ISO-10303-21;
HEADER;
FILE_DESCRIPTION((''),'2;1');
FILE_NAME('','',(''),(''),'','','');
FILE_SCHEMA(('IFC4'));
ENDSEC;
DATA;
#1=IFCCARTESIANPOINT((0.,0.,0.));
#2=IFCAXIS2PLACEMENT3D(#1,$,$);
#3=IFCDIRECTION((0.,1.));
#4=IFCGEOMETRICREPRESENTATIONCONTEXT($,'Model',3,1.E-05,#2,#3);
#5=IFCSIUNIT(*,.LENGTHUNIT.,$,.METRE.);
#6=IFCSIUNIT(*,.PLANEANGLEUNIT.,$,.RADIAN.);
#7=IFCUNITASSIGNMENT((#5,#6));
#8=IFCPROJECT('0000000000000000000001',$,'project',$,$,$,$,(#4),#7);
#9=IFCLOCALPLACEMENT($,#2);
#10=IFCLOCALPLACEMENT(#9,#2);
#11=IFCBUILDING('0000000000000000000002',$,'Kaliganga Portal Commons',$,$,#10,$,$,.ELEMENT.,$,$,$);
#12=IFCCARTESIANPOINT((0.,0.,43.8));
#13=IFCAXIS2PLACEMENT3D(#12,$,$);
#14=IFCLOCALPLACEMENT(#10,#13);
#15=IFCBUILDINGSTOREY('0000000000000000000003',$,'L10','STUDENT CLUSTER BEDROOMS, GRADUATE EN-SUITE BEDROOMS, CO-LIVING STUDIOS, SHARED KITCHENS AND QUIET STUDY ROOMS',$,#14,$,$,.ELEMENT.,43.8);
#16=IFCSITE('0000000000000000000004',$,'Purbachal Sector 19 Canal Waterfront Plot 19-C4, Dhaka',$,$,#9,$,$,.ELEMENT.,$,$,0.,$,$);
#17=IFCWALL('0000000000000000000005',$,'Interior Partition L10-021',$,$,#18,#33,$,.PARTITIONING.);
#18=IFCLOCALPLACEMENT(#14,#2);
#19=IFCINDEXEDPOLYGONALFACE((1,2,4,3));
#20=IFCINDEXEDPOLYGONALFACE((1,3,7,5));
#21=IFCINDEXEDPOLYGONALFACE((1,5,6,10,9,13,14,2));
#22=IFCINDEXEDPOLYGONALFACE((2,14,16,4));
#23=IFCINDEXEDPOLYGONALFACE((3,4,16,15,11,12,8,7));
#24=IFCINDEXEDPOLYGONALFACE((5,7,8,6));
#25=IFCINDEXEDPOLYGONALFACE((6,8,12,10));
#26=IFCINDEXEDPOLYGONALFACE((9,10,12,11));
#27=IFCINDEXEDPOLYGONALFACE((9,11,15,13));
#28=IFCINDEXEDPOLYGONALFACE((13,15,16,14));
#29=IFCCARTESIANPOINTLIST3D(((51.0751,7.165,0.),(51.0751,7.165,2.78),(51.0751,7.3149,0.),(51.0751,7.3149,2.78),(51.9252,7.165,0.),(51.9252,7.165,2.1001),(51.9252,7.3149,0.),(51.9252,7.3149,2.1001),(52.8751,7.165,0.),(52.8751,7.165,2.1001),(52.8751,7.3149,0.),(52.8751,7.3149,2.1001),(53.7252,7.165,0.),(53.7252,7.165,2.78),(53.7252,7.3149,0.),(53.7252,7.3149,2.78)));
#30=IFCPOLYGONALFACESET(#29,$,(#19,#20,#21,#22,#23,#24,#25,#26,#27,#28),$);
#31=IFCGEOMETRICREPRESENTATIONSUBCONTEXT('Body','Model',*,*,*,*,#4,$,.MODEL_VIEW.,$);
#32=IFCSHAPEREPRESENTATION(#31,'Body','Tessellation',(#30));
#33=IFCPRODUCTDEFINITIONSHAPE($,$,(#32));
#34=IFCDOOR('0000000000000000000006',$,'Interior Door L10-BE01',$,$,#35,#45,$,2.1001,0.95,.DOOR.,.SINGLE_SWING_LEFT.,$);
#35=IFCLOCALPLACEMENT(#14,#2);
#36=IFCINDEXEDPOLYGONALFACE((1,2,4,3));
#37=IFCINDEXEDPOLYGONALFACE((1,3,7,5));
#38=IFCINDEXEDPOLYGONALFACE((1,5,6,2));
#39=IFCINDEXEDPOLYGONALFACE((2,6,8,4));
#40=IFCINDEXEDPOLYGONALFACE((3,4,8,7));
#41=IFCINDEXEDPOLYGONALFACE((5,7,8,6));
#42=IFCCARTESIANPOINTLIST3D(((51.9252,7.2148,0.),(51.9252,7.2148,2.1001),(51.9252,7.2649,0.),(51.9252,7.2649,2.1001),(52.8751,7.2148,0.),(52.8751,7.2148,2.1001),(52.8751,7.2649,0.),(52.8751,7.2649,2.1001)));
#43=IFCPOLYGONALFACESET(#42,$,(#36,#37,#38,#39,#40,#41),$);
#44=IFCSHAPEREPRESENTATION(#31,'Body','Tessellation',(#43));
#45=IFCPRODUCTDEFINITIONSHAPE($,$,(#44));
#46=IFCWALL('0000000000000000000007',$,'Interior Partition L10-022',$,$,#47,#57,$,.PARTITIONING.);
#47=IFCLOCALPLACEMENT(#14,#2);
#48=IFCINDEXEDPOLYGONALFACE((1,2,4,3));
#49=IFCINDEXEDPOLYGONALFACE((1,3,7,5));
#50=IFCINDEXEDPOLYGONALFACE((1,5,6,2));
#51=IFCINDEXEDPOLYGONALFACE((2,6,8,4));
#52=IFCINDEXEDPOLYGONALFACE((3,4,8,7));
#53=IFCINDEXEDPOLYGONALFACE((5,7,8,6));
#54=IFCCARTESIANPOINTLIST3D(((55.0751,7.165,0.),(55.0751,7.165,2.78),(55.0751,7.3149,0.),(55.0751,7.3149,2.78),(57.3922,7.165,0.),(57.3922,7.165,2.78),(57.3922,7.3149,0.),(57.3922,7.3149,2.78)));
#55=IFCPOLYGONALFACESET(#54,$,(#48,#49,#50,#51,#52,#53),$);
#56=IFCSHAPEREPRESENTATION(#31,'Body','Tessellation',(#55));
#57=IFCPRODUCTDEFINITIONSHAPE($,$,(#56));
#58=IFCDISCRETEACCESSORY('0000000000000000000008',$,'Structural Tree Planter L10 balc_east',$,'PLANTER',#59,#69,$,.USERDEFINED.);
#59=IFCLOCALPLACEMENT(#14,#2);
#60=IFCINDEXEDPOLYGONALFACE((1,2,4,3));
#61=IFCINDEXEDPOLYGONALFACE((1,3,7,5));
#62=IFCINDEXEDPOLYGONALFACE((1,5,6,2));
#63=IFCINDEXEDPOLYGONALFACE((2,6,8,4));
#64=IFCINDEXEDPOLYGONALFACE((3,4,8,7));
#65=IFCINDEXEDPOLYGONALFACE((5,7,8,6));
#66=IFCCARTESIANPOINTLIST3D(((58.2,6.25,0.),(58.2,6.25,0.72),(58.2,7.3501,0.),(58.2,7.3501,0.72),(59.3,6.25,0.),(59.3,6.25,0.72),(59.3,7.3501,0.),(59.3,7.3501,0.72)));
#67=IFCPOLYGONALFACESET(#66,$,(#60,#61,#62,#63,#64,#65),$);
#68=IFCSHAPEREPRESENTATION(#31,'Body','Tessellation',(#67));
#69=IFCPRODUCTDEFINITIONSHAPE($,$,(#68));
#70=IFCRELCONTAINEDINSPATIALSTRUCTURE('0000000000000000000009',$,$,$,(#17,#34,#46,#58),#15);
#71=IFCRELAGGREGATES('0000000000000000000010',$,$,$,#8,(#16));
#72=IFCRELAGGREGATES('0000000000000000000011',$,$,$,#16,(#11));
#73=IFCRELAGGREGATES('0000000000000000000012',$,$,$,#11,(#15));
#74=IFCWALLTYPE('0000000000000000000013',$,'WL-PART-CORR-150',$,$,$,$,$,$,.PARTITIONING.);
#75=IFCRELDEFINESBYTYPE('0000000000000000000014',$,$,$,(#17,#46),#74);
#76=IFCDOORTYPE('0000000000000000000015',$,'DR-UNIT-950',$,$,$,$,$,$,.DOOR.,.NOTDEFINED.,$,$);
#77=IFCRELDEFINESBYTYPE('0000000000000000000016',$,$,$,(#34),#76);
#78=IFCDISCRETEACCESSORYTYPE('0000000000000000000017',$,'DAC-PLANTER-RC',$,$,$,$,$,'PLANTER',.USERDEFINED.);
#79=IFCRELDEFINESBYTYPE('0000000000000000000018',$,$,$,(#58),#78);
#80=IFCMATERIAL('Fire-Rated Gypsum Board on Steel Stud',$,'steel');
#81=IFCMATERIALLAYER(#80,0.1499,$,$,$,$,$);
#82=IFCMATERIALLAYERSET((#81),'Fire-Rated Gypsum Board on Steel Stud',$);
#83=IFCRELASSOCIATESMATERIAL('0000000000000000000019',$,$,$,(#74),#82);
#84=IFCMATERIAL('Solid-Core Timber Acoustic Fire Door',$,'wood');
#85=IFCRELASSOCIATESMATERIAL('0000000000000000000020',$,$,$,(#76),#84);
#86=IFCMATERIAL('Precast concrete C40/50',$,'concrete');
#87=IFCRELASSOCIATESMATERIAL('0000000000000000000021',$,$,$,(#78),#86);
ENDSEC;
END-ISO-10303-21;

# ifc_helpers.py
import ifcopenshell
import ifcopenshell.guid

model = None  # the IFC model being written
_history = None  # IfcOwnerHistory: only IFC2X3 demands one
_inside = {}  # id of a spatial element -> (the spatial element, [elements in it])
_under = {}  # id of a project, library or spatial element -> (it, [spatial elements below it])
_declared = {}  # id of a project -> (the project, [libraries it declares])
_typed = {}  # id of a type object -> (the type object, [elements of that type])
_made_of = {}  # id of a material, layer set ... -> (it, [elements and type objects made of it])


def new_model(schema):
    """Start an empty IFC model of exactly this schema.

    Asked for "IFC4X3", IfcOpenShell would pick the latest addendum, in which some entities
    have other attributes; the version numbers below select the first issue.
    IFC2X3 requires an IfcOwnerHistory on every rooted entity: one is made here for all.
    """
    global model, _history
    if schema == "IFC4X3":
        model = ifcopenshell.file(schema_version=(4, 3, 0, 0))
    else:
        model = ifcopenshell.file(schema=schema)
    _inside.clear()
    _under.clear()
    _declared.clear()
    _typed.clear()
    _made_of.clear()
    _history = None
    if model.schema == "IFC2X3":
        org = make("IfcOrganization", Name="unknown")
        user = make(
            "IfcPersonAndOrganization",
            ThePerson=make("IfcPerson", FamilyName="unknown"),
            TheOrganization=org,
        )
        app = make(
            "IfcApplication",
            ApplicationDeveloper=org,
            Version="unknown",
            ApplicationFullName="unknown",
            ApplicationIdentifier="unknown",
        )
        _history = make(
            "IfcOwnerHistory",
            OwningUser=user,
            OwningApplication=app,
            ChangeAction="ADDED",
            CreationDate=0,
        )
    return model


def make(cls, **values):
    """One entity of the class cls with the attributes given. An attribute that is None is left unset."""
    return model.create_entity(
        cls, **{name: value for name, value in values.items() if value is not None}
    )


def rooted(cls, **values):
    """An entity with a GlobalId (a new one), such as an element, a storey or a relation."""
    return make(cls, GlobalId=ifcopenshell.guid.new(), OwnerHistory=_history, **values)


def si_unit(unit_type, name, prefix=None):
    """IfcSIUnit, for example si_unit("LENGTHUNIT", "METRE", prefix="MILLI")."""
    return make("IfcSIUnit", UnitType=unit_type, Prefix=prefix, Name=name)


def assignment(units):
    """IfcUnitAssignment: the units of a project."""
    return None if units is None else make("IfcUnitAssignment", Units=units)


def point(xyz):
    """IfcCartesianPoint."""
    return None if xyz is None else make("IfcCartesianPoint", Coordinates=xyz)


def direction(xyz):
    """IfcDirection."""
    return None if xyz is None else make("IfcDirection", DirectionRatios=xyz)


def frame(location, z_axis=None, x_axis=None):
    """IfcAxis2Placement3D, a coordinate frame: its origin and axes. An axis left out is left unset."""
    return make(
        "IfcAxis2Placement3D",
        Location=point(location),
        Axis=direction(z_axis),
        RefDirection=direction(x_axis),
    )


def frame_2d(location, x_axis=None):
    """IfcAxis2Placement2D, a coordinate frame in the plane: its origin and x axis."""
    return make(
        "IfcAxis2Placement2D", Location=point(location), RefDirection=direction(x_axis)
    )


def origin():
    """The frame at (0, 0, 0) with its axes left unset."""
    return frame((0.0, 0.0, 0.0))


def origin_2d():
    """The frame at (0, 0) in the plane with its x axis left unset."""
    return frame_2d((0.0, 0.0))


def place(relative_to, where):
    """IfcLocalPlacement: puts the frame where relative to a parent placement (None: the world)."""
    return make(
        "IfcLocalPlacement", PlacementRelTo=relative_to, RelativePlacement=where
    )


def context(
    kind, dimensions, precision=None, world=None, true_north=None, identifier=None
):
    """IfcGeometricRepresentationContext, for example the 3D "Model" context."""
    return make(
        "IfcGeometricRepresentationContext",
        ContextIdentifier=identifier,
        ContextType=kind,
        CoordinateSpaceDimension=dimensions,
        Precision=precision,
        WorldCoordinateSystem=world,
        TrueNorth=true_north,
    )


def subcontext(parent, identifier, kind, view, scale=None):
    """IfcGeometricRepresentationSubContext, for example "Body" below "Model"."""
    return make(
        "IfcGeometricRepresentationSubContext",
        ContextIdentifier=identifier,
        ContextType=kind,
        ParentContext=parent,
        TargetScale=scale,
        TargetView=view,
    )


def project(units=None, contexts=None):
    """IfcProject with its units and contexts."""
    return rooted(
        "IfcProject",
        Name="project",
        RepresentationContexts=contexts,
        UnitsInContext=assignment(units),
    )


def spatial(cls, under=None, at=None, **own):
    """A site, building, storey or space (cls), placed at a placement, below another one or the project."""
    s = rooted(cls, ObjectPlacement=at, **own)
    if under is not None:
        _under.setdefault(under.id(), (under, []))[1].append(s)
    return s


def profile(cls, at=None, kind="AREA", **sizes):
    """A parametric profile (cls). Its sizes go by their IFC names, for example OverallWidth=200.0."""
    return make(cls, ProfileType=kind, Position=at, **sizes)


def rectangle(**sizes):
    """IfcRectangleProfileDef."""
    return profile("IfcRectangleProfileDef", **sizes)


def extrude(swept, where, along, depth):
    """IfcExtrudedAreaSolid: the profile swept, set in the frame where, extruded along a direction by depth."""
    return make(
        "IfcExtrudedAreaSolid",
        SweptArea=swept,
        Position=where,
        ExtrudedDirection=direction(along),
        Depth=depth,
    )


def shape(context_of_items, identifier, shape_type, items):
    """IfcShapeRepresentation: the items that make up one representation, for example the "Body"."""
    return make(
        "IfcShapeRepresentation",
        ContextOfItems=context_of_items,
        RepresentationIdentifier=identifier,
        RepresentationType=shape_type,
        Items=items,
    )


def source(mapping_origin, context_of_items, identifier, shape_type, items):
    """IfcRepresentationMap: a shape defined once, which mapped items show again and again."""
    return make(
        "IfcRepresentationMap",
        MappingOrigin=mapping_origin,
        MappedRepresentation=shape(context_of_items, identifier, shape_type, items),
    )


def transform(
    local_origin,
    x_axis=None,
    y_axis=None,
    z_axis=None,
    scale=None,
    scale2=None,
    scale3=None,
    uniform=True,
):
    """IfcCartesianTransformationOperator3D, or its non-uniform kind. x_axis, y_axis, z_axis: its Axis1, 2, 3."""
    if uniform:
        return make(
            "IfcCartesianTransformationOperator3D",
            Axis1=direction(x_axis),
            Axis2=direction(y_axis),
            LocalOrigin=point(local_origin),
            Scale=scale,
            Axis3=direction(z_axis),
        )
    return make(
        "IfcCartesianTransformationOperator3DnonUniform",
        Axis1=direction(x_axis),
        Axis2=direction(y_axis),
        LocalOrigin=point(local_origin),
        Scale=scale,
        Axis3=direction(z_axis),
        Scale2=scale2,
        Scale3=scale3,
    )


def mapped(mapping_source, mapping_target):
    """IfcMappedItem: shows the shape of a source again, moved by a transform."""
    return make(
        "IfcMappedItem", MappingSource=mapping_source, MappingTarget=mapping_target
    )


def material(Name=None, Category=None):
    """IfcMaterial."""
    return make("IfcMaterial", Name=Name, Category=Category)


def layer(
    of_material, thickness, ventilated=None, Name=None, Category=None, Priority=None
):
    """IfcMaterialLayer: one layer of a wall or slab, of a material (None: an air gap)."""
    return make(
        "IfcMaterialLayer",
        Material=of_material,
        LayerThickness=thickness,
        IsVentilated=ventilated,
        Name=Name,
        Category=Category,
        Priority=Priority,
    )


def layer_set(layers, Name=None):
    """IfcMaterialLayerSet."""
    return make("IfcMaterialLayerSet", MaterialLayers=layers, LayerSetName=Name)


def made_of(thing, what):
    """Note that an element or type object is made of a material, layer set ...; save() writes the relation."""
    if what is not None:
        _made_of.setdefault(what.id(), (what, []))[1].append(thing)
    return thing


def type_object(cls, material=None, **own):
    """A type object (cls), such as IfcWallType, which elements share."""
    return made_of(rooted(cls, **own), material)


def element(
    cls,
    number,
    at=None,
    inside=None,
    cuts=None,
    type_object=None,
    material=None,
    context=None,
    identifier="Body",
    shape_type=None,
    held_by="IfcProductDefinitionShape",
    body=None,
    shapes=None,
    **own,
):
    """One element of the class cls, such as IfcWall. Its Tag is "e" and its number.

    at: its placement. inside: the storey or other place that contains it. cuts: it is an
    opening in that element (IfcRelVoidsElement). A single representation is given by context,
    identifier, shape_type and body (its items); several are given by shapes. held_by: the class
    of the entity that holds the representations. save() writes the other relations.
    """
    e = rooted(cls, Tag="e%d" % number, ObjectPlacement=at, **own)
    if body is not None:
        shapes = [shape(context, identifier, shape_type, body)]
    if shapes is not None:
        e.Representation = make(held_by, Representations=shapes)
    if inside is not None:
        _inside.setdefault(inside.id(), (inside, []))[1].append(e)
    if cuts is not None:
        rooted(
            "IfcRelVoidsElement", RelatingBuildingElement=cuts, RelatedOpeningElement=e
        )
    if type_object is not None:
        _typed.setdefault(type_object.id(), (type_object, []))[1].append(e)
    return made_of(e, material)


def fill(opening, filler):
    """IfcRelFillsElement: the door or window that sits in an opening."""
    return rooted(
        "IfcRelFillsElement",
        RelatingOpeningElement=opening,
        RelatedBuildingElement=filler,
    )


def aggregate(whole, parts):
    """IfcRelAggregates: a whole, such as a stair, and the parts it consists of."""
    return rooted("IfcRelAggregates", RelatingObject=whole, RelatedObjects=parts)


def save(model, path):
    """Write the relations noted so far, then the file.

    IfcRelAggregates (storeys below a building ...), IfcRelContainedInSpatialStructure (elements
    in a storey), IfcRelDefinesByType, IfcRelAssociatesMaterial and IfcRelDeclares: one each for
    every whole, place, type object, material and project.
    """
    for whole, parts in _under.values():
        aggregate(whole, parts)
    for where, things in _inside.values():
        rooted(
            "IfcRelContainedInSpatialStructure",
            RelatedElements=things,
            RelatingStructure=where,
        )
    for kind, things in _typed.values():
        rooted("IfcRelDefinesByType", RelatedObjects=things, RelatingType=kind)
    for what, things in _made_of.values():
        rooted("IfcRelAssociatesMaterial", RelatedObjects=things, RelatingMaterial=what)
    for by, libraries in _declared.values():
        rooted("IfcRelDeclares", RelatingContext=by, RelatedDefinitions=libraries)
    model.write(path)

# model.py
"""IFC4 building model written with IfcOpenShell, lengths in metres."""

from ifc_helpers import new_model, si_unit, direction, frame, frame_2d, origin, origin_2d, place, context, subcontext, project, spatial, rectangle, extrude, source, transform, mapped, material, layer, layer_set, type_object, element, fill, save


model = new_model("IFC4")

# Units and contexts
model_context = context("Model", 3, precision=1e-05, world=origin(), true_north=direction((0.0, 1.0)))
body_context = subcontext(model_context, "Body", "Model", "MODEL_VIEW")
ifc_project = project(units=[si_unit("LENGTHUNIT", "METRE"), si_unit("PLANEANGLEUNIT", "RADIAN")], contexts=[model_context])

# Site, building, storey
site_placement = place(None, origin())
site = spatial("IfcSite", under=ifc_project, at=site_placement, Name="Purbachal Sector 19 Canal Waterfront Plot 19-C4, Dhaka", CompositionType="ELEMENT", RefElevation=0.0)
building_placement = place(site_placement, origin())
building = spatial("IfcBuilding", under=site, at=building_placement, Name="Kaliganga Portal Commons", CompositionType="ELEMENT")
storey_placement = place(building_placement, frame((0.0, 0.0, 43.8)))
storey = spatial("IfcBuildingStorey", under=building, at=storey_placement, Name="L10", Description="STUDENT CLUSTER BEDROOMS, GRADUATE EN-SUITE BEDROOMS, CO-LIVING STUDIOS, SHARED KITCHENS AND QUIET STUDY ROOMS", CompositionType="ELEMENT", Elevation=43.8)

# Wall, opening, door
ifc_material_1 = material(Name="Fire-Rated Gypsum Board on Steel Stud", Category="steel")
ifc_layer_1 = layer(ifc_material_1, 0.1499)
ifc_layer_set_1 = layer_set([ifc_layer_1], Name="Fire-Rated Gypsum Board on Steel Stud")
wall_type_1 = type_object("IfcWallType", Name="WL-PART-CORR-150", PredefinedType="PARTITIONING", material=ifc_layer_set_1)
wall_1_placement = place(storey_placement, frame((51.075, 7.24, 0.0), z_axis=(0.0, 0.0, 1.0), x_axis=(1.0, 0.0, 0.0)))
wall_1 = element("IfcWall", 1, at=wall_1_placement, inside=storey, type_object=wall_type_1, Name="Interior Partition L10-021", PredefinedType="PARTITIONING", context=body_context, shape_type="SweptSolid", body=[
    extrude(rectangle(XDim=2.6501, YDim=0.1499, at=frame_2d((1.3252, 0.0))), origin(), (0.0, 0.0, 1.0), 2.78),
])
opening_1_placement = place(wall_1_placement, frame((0.8501, 0.0, 0.0)))
opening_1 = element("IfcOpeningElement", 2, at=opening_1_placement, cuts=wall_1, PredefinedType="OPENING", context=body_context, shape_type="SweptSolid", body=[
    extrude(rectangle(XDim=0.95, YDim=2.1001, at=frame_2d((0.4751, 1.05))), frame((0.0, 0.085, 0.0), z_axis=(0.0, -1.0, 0.0), x_axis=(1.0, 0.0, 0.0)), (0.0, 0.0, 1.0), 0.1699),
])
ifc_material_2 = material(Name="Solid-Core Timber Acoustic Fire Door", Category="wood")
door_type_1 = type_object("IfcDoorType", Name="DR-UNIT-950", OperationType="NOTDEFINED", PredefinedType="DOOR", material=ifc_material_2)
door_1_placement = place(opening_1_placement, origin())
door_1 = element("IfcDoor", 3, at=door_1_placement, inside=storey, type_object=door_type_1, Name="Interior Door L10-BE01", OperationType="SINGLE_SWING_LEFT", OverallHeight=2.1001, OverallWidth=0.95, PredefinedType="DOOR", context=body_context, shape_type="SweptSolid", body=[
    extrude(rectangle(XDim=0.95, YDim=2.1001, at=frame_2d((0.4751, 1.05))), frame((0.0, 0.0249, 0.0), z_axis=(0.0, -1.0, 0.0), x_axis=(1.0, 0.0, 0.0)), (0.0, 0.0, 1.0), 0.05),
])
fill(opening_1, door_1)

# Wall
wall_2_placement = place(storey_placement, frame((55.075, 7.24, 0.0), z_axis=(0.0, 0.0, 1.0), x_axis=(1.0, 0.0, 0.0)))
element("IfcWall", 4, at=wall_2_placement, inside=storey, type_object=wall_type_1, Name="Interior Partition L10-022", PredefinedType="PARTITIONING", context=body_context, shape_type="SweptSolid", body=[
    extrude(rectangle(XDim=2.3171, YDim=0.1499, at=frame_2d((1.1587, 0.0))), origin(), (0.0, 0.0, 1.0), 2.78),
])

# Discrete accessory
ifc_material_3 = material(Name="Precast concrete C40/50", Category="concrete")
discrete_accessory_type = type_object("IfcDiscreteAccessoryType", Name="DAC-PLANTER-RC", ElementType="PLANTER", PredefinedType="USERDEFINED", material=ifc_material_3)
shared_shape_1 = source(origin(), body_context, "Body", "SweptSolid", [
    extrude(rectangle(XDim=1.1001, YDim=1.1001, at=origin_2d()), origin(), (0.0, 0.0, 1.0), 0.72),
])
discrete_accessory_placement = place(storey_placement, frame((58.75, 6.8, 0.0), z_axis=(0.0, 0.0, 1.0), x_axis=(1.0, 0.0, 0.0)))
element("IfcDiscreteAccessory", 5, at=discrete_accessory_placement, inside=storey, type_object=discrete_accessory_type, Name="Structural Tree Planter L10 balc_east", ObjectType="PLANTER", PredefinedType="USERDEFINED", context=body_context, shape_type="MappedRepresentation", body=[
    mapped(shared_shape_1, transform((0.0, 0.0, 0.0), x_axis=(1.0, 0.0, 0.0), y_axis=(0.0, 1.0, 0.0), z_axis=(0.0, 0.0, 1.0), scale=1.0)),
])

save(model, "model.ifc")
